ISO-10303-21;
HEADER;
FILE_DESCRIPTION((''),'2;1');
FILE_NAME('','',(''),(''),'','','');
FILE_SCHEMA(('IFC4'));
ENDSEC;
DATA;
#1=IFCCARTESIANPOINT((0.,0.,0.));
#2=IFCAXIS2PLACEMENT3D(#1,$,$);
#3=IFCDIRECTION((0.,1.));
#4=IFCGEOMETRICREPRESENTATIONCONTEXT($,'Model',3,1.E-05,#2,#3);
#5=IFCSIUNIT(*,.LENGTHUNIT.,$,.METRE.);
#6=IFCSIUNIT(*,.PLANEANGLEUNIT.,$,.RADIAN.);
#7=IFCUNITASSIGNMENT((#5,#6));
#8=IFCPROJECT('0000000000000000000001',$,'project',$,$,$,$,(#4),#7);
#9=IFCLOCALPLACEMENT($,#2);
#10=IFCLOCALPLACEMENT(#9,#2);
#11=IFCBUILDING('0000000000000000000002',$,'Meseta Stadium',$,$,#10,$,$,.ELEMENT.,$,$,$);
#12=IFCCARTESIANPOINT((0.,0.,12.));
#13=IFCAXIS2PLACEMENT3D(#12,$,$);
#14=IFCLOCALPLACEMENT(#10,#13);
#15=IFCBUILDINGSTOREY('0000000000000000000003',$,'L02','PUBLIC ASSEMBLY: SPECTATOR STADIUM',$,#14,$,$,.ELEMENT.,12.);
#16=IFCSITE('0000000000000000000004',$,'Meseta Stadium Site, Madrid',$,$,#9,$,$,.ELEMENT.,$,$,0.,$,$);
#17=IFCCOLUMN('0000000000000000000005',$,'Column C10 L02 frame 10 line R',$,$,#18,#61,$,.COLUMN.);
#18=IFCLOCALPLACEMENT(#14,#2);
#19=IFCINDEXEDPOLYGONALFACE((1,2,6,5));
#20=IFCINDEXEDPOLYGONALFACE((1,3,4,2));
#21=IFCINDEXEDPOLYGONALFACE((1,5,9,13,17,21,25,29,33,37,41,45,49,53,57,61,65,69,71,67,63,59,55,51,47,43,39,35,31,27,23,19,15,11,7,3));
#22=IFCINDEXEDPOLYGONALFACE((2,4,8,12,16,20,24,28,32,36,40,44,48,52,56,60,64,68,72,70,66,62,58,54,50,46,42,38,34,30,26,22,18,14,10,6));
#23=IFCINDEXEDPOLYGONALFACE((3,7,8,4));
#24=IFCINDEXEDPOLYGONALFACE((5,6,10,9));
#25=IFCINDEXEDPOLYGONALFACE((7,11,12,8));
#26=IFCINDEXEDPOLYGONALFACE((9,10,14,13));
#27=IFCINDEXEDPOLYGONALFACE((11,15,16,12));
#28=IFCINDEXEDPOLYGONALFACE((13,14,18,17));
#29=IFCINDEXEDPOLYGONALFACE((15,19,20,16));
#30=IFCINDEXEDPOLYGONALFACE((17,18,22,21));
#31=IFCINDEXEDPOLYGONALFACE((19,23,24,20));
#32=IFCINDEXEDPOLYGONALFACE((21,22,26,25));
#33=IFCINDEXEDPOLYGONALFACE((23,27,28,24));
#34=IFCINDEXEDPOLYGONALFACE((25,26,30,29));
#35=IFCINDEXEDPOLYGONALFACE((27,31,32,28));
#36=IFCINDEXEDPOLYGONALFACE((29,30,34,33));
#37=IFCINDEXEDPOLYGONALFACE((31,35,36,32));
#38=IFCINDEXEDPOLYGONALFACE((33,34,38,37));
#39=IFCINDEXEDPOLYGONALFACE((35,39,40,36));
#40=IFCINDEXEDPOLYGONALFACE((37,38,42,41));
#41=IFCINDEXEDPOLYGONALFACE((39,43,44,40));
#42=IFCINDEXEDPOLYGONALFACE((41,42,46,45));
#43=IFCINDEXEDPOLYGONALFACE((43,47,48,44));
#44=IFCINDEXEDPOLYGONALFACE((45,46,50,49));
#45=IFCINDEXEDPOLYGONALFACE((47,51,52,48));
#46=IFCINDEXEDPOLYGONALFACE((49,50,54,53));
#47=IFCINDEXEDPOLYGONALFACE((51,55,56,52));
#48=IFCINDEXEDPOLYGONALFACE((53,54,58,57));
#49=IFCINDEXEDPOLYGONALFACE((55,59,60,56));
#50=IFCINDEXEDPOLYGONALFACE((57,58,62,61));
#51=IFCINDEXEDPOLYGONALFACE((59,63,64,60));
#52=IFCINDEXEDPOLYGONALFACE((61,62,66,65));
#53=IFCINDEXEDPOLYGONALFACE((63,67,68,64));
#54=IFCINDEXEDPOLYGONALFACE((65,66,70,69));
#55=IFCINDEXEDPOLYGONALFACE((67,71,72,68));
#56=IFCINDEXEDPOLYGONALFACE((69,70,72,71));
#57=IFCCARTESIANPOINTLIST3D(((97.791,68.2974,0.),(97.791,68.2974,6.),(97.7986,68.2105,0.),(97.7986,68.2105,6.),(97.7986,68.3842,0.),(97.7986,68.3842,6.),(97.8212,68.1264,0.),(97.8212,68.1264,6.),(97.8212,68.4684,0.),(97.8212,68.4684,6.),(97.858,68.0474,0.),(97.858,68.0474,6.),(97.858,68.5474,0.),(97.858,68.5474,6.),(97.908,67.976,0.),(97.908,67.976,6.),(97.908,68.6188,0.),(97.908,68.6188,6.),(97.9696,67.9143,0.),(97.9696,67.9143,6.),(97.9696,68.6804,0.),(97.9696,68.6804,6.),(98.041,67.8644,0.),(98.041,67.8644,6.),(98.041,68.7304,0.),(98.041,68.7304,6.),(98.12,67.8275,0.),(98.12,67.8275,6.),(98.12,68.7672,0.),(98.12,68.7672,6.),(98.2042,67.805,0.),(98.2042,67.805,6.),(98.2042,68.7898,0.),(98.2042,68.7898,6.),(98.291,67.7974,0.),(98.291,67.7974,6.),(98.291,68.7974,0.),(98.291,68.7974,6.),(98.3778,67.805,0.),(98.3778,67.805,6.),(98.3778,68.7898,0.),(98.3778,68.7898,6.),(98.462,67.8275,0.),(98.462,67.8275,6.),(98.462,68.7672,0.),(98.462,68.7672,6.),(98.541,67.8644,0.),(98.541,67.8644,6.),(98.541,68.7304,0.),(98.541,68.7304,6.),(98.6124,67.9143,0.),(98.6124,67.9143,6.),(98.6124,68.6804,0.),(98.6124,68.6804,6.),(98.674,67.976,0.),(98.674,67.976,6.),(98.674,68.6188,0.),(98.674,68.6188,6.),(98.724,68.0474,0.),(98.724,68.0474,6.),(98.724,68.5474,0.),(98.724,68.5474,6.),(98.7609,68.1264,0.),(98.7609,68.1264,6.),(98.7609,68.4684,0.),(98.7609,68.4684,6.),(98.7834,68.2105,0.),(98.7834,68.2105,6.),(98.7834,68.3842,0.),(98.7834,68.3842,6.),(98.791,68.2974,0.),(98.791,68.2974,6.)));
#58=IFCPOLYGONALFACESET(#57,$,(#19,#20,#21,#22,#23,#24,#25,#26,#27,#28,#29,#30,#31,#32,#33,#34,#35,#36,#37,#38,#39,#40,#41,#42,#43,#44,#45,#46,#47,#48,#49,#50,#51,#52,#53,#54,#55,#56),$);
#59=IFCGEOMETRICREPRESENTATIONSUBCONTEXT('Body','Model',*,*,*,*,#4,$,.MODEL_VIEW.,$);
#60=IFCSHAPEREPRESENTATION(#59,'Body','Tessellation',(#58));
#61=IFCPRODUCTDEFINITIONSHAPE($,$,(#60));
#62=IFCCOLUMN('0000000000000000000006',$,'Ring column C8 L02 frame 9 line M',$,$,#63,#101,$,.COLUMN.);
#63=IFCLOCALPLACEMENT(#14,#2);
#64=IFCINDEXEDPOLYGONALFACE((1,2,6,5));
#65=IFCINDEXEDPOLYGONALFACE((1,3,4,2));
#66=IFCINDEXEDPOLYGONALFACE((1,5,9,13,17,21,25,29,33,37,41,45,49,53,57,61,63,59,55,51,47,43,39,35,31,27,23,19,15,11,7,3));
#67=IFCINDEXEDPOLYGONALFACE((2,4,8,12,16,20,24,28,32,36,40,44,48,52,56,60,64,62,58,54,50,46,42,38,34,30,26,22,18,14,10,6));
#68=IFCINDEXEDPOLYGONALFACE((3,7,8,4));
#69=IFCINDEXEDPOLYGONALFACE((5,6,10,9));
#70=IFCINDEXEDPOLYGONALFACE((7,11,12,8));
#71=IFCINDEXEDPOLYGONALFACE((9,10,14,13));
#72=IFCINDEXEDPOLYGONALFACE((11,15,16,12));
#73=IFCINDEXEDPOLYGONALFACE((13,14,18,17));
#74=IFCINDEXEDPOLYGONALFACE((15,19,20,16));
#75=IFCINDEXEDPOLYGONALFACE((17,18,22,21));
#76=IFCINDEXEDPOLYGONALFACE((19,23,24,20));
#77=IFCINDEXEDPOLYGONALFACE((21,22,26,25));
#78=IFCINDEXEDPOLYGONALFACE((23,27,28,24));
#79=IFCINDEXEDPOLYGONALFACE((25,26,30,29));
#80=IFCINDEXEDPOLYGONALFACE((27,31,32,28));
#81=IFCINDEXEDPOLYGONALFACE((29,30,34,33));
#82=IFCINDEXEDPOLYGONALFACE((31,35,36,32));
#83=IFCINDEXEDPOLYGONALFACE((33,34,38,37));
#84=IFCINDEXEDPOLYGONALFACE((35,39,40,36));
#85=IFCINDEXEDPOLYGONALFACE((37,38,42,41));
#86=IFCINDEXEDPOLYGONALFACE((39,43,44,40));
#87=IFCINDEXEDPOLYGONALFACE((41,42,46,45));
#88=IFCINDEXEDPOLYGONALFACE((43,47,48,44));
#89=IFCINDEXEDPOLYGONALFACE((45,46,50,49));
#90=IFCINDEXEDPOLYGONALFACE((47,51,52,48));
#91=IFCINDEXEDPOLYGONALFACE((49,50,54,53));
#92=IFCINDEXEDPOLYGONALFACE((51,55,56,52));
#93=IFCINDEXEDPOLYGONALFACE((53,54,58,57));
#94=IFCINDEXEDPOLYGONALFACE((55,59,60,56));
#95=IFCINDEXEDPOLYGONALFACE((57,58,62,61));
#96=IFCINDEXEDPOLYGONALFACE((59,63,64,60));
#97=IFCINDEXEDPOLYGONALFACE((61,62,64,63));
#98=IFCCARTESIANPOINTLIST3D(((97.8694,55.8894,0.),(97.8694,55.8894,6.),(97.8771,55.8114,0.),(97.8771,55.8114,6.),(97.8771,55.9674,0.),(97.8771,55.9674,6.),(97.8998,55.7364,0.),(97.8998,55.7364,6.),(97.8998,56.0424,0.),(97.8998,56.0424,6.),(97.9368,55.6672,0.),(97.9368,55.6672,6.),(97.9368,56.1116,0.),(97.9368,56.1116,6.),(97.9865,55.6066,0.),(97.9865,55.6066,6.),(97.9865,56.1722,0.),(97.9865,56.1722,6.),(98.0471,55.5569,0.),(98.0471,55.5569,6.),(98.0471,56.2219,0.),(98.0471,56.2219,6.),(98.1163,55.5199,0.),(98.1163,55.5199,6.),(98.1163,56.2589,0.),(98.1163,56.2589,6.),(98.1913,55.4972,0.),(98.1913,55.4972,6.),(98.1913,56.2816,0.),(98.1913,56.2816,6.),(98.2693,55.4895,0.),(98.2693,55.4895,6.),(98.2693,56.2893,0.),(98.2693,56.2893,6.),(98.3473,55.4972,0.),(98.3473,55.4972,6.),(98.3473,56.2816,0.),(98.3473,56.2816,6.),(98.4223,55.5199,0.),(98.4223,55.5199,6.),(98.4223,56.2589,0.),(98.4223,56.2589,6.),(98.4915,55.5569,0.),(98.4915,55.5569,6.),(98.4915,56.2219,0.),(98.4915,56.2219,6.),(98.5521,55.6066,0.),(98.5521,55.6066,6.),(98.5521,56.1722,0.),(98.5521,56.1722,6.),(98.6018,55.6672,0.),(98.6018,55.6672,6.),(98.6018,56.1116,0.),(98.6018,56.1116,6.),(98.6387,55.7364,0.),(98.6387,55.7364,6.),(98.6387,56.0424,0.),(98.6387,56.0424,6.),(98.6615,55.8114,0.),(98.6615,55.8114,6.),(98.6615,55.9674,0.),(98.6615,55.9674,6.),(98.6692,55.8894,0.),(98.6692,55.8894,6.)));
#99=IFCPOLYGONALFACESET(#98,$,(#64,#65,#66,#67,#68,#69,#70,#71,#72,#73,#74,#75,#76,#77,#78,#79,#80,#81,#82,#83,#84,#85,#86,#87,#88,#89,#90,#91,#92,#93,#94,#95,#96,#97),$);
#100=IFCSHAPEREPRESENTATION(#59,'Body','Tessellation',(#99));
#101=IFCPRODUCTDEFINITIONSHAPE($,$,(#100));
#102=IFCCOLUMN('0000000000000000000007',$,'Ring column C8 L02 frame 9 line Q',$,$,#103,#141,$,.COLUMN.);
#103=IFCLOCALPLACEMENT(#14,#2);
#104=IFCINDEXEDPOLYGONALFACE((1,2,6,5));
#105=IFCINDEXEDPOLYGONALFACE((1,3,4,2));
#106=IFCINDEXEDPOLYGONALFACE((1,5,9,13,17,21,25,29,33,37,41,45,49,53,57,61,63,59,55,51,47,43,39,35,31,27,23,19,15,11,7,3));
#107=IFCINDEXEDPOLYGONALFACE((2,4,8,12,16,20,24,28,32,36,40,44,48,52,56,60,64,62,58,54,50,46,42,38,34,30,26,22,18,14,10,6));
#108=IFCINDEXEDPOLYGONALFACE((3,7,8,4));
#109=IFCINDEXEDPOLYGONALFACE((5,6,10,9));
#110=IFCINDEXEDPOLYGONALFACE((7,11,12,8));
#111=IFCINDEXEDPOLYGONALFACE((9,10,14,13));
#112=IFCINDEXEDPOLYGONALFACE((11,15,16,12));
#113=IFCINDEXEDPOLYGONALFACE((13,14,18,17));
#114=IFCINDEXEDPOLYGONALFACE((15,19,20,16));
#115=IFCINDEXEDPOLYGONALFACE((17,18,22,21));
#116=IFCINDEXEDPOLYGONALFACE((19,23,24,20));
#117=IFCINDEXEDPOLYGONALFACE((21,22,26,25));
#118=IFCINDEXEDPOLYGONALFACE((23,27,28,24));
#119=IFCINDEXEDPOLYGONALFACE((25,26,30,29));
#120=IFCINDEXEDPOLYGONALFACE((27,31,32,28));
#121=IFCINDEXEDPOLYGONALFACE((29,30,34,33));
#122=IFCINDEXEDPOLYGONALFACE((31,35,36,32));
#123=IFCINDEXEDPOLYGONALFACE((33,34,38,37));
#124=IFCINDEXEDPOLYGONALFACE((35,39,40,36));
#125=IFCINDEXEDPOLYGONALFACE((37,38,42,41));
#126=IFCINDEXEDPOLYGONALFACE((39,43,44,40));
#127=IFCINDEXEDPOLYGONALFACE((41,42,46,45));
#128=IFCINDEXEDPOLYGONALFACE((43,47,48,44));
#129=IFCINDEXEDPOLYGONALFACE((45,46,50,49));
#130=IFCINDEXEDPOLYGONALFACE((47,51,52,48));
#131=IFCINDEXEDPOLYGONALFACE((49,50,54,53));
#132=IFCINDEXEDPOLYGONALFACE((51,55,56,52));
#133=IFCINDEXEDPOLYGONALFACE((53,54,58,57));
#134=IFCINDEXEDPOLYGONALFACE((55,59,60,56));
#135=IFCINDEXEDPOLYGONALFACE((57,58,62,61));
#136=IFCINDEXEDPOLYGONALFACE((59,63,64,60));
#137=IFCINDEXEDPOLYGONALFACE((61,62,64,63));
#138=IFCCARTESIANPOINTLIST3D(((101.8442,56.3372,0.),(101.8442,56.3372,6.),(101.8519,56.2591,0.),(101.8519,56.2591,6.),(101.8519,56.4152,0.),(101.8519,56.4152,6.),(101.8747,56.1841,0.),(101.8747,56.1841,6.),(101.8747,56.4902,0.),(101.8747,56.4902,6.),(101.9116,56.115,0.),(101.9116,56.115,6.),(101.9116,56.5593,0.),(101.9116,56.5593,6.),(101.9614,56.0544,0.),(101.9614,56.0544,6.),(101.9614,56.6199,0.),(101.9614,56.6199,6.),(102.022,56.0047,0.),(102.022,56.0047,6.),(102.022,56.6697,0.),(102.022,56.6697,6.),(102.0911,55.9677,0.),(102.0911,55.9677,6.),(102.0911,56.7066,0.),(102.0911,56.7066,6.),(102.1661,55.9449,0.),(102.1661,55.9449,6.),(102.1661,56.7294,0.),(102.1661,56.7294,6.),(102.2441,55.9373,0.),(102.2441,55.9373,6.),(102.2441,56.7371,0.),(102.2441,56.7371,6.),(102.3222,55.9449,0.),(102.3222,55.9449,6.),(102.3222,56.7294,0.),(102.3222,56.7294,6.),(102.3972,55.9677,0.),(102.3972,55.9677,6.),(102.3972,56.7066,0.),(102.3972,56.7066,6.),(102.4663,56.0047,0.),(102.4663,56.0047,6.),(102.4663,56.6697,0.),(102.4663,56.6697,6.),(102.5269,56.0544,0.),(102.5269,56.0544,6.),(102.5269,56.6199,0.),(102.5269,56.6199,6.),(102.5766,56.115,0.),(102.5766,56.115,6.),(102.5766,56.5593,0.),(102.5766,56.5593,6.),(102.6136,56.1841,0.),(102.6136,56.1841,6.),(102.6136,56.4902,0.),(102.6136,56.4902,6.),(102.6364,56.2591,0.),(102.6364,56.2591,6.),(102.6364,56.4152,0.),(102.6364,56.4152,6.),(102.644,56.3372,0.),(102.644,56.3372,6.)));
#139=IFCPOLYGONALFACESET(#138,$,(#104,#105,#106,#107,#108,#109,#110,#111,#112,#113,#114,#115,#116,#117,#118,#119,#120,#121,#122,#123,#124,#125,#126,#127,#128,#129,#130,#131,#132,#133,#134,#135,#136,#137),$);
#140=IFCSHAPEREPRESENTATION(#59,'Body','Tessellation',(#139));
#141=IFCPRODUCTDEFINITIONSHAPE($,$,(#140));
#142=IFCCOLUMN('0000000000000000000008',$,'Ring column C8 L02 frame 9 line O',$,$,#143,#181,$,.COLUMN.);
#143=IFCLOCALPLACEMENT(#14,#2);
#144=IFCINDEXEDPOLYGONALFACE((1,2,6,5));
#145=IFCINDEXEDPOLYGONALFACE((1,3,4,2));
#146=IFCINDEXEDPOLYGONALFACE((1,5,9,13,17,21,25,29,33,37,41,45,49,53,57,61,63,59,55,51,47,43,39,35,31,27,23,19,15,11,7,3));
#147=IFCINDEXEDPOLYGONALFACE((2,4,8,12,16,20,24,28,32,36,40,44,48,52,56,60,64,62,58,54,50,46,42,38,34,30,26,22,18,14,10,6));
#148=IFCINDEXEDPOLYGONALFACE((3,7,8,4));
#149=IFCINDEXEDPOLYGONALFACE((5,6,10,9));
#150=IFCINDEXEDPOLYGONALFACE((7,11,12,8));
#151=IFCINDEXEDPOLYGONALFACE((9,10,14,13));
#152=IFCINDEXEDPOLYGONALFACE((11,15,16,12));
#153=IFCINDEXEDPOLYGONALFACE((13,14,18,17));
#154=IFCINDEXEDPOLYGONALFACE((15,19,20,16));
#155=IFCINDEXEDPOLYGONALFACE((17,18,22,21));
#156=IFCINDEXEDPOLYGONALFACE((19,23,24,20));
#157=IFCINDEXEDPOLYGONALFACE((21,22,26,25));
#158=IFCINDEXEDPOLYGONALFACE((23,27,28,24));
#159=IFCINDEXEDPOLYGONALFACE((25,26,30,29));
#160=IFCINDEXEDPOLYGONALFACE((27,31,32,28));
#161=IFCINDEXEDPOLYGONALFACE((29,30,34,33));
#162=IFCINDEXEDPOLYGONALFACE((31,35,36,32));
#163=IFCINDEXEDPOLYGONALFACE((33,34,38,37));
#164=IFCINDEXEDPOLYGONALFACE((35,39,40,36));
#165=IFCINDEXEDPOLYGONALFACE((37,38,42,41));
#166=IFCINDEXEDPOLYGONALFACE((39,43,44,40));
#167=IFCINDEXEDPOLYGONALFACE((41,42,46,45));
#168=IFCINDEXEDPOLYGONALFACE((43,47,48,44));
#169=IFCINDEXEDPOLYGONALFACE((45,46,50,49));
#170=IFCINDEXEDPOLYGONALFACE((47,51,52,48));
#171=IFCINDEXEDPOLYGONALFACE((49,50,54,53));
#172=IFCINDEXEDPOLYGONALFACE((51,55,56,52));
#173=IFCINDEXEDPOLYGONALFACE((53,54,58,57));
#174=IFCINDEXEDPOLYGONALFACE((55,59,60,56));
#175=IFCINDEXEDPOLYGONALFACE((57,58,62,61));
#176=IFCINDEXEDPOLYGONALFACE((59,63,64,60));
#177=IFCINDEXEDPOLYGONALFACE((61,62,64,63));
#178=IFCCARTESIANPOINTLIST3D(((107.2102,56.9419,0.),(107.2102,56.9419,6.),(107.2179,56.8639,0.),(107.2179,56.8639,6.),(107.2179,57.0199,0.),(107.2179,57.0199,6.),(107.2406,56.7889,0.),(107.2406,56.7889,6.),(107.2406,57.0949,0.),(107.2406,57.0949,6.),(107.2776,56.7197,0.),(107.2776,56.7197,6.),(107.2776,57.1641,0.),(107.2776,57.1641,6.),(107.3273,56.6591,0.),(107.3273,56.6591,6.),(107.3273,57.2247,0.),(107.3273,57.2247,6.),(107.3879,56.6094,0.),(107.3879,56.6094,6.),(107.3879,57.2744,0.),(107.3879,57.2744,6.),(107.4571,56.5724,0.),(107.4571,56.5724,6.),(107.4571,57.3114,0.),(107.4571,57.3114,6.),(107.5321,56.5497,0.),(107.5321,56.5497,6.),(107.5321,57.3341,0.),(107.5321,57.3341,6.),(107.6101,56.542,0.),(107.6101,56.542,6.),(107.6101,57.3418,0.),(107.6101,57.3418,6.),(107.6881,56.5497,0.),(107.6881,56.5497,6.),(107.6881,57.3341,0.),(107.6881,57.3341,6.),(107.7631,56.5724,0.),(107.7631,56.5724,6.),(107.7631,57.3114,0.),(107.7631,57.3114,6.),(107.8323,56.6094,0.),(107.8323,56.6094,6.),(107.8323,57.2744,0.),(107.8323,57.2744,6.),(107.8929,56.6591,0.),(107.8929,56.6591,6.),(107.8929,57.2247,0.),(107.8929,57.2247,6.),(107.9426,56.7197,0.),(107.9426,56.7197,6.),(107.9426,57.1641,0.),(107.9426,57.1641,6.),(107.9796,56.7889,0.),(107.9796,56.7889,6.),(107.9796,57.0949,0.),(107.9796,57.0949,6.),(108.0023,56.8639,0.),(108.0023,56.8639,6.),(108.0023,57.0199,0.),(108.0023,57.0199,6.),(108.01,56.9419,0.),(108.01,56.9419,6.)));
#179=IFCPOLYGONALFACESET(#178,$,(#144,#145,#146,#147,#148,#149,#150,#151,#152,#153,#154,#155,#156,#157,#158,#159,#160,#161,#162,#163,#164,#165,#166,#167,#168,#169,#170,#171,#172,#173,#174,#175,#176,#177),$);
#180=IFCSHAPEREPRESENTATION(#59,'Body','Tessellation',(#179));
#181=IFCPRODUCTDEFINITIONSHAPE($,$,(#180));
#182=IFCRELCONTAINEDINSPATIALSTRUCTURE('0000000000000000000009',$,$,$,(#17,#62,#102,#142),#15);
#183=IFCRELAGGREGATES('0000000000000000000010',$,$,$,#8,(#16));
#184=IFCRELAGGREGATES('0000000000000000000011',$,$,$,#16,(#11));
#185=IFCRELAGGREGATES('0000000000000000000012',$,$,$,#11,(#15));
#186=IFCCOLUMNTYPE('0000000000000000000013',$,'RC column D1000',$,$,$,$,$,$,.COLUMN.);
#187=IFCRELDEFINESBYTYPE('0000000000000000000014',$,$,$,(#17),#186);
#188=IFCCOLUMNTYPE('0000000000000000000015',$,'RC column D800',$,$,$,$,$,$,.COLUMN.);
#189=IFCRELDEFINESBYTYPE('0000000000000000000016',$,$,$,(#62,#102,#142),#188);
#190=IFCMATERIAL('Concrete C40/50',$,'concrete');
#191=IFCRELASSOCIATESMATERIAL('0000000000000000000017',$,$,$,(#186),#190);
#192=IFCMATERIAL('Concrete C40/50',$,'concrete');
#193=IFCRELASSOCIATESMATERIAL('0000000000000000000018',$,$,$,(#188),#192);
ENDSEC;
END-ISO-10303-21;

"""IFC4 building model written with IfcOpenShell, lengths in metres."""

from ifc_helpers import new_model, si_unit, direction, frame, origin, origin_2d, place, context, subcontext, project, spatial, circle, extrude, material, material_profile, profile_set, type_object, element, save


model = new_model("IFC4")

# Units and contexts
model_context = context("Model", 3, precision=1e-05, world=origin(), true_north=direction((0.0, 1.0)))
body_context = subcontext(model_context, "Body", "Model", "MODEL_VIEW")
ifc_project = project(units=[si_unit("LENGTHUNIT", "METRE"), si_unit("PLANEANGLEUNIT", "RADIAN")], contexts=[model_context])

# Site, building, storey
site_placement = place(None, origin())
site = spatial("IfcSite", under=ifc_project, at=site_placement, Name="Meseta Stadium Site, Madrid", CompositionType="ELEMENT", RefElevation=0.0)
building_placement = place(site_placement, origin())
building = spatial("IfcBuilding", under=site, at=building_placement, Name="Meseta Stadium", CompositionType="ELEMENT")
storey_placement = place(building_placement, frame((0.0, 0.0, 12.0)))
storey = spatial("IfcBuildingStorey", under=building, at=storey_placement, Name="L02", Description="PUBLIC ASSEMBLY: SPECTATOR STADIUM", CompositionType="ELEMENT", Elevation=12.0)

# Columns
ifc_material_1 = material(Name="Concrete C40/50", Category="concrete")
ifc_material_profile_1 = material_profile(ifc_material_1, circle(Radius=0.5, at=origin_2d()), Name="RC D1000")
ifc_profile_set_1 = profile_set([ifc_material_profile_1], Name="Concrete C40/50")
column_type_1 = type_object("IfcColumnType", Name="RC column D1000", PredefinedType="COLUMN", material=ifc_profile_set_1)
column_1_placement = place(storey_placement, frame((98.291, 68.2974, 0.0), z_axis=(0.0, 0.0, 1.0), x_axis=(1.0, 0.0, 0.0)))
element("IfcColumn", 1, at=column_1_placement, inside=storey, type_object=column_type_1, Name="Column C10 L02 frame 10 line R", PredefinedType="COLUMN", context=body_context, shape_type="SweptSolid", body=[
    extrude(circle(Radius=0.5, at=origin_2d()), origin(), (0.0, 0.0, 1.0), 6.0),
])
ifc_material_2 = material(Name="Concrete C40/50", Category="concrete")
ifc_material_profile_2 = material_profile(ifc_material_2, circle(Radius=0.3999, at=origin_2d()), Name="RC D800")
ifc_profile_set_2 = profile_set([ifc_material_profile_2], Name="Concrete C40/50")
column_type_2 = type_object("IfcColumnType", Name="RC column D800", PredefinedType="COLUMN", material=ifc_profile_set_2)
for number, where, z_axis, x_axis, name in (
    (2, (98.2693, 55.8894, 0.0), (0.0, 0.0, 1.0), (1.0, 0.0, 0.0), "Ring column C8 L02 frame 9 line M"),
    (3, (102.2441, 56.3372, 0.0), (0.0, 0.0, 1.0), (1.0, 0.0, 0.0), "Ring column C8 L02 frame 9 line Q"),
    (4, (107.6101, 56.9419, 0.0), (0.0, 0.0, 1.0), (1.0, 0.0, 0.0), "Ring column C8 L02 frame 9 line O"),
):
    element("IfcColumn", number, at=place(storey_placement, frame(where, z_axis=z_axis, x_axis=x_axis)), inside=storey, type_object=column_type_2, Name=name, PredefinedType="COLUMN", context=body_context, shape_type="SweptSolid", body=[
        extrude(circle(Radius=0.3999, at=origin_2d()), origin(), (0.0, 0.0, 1.0), 6.0),
    ])

save(model, "model.ifc")
